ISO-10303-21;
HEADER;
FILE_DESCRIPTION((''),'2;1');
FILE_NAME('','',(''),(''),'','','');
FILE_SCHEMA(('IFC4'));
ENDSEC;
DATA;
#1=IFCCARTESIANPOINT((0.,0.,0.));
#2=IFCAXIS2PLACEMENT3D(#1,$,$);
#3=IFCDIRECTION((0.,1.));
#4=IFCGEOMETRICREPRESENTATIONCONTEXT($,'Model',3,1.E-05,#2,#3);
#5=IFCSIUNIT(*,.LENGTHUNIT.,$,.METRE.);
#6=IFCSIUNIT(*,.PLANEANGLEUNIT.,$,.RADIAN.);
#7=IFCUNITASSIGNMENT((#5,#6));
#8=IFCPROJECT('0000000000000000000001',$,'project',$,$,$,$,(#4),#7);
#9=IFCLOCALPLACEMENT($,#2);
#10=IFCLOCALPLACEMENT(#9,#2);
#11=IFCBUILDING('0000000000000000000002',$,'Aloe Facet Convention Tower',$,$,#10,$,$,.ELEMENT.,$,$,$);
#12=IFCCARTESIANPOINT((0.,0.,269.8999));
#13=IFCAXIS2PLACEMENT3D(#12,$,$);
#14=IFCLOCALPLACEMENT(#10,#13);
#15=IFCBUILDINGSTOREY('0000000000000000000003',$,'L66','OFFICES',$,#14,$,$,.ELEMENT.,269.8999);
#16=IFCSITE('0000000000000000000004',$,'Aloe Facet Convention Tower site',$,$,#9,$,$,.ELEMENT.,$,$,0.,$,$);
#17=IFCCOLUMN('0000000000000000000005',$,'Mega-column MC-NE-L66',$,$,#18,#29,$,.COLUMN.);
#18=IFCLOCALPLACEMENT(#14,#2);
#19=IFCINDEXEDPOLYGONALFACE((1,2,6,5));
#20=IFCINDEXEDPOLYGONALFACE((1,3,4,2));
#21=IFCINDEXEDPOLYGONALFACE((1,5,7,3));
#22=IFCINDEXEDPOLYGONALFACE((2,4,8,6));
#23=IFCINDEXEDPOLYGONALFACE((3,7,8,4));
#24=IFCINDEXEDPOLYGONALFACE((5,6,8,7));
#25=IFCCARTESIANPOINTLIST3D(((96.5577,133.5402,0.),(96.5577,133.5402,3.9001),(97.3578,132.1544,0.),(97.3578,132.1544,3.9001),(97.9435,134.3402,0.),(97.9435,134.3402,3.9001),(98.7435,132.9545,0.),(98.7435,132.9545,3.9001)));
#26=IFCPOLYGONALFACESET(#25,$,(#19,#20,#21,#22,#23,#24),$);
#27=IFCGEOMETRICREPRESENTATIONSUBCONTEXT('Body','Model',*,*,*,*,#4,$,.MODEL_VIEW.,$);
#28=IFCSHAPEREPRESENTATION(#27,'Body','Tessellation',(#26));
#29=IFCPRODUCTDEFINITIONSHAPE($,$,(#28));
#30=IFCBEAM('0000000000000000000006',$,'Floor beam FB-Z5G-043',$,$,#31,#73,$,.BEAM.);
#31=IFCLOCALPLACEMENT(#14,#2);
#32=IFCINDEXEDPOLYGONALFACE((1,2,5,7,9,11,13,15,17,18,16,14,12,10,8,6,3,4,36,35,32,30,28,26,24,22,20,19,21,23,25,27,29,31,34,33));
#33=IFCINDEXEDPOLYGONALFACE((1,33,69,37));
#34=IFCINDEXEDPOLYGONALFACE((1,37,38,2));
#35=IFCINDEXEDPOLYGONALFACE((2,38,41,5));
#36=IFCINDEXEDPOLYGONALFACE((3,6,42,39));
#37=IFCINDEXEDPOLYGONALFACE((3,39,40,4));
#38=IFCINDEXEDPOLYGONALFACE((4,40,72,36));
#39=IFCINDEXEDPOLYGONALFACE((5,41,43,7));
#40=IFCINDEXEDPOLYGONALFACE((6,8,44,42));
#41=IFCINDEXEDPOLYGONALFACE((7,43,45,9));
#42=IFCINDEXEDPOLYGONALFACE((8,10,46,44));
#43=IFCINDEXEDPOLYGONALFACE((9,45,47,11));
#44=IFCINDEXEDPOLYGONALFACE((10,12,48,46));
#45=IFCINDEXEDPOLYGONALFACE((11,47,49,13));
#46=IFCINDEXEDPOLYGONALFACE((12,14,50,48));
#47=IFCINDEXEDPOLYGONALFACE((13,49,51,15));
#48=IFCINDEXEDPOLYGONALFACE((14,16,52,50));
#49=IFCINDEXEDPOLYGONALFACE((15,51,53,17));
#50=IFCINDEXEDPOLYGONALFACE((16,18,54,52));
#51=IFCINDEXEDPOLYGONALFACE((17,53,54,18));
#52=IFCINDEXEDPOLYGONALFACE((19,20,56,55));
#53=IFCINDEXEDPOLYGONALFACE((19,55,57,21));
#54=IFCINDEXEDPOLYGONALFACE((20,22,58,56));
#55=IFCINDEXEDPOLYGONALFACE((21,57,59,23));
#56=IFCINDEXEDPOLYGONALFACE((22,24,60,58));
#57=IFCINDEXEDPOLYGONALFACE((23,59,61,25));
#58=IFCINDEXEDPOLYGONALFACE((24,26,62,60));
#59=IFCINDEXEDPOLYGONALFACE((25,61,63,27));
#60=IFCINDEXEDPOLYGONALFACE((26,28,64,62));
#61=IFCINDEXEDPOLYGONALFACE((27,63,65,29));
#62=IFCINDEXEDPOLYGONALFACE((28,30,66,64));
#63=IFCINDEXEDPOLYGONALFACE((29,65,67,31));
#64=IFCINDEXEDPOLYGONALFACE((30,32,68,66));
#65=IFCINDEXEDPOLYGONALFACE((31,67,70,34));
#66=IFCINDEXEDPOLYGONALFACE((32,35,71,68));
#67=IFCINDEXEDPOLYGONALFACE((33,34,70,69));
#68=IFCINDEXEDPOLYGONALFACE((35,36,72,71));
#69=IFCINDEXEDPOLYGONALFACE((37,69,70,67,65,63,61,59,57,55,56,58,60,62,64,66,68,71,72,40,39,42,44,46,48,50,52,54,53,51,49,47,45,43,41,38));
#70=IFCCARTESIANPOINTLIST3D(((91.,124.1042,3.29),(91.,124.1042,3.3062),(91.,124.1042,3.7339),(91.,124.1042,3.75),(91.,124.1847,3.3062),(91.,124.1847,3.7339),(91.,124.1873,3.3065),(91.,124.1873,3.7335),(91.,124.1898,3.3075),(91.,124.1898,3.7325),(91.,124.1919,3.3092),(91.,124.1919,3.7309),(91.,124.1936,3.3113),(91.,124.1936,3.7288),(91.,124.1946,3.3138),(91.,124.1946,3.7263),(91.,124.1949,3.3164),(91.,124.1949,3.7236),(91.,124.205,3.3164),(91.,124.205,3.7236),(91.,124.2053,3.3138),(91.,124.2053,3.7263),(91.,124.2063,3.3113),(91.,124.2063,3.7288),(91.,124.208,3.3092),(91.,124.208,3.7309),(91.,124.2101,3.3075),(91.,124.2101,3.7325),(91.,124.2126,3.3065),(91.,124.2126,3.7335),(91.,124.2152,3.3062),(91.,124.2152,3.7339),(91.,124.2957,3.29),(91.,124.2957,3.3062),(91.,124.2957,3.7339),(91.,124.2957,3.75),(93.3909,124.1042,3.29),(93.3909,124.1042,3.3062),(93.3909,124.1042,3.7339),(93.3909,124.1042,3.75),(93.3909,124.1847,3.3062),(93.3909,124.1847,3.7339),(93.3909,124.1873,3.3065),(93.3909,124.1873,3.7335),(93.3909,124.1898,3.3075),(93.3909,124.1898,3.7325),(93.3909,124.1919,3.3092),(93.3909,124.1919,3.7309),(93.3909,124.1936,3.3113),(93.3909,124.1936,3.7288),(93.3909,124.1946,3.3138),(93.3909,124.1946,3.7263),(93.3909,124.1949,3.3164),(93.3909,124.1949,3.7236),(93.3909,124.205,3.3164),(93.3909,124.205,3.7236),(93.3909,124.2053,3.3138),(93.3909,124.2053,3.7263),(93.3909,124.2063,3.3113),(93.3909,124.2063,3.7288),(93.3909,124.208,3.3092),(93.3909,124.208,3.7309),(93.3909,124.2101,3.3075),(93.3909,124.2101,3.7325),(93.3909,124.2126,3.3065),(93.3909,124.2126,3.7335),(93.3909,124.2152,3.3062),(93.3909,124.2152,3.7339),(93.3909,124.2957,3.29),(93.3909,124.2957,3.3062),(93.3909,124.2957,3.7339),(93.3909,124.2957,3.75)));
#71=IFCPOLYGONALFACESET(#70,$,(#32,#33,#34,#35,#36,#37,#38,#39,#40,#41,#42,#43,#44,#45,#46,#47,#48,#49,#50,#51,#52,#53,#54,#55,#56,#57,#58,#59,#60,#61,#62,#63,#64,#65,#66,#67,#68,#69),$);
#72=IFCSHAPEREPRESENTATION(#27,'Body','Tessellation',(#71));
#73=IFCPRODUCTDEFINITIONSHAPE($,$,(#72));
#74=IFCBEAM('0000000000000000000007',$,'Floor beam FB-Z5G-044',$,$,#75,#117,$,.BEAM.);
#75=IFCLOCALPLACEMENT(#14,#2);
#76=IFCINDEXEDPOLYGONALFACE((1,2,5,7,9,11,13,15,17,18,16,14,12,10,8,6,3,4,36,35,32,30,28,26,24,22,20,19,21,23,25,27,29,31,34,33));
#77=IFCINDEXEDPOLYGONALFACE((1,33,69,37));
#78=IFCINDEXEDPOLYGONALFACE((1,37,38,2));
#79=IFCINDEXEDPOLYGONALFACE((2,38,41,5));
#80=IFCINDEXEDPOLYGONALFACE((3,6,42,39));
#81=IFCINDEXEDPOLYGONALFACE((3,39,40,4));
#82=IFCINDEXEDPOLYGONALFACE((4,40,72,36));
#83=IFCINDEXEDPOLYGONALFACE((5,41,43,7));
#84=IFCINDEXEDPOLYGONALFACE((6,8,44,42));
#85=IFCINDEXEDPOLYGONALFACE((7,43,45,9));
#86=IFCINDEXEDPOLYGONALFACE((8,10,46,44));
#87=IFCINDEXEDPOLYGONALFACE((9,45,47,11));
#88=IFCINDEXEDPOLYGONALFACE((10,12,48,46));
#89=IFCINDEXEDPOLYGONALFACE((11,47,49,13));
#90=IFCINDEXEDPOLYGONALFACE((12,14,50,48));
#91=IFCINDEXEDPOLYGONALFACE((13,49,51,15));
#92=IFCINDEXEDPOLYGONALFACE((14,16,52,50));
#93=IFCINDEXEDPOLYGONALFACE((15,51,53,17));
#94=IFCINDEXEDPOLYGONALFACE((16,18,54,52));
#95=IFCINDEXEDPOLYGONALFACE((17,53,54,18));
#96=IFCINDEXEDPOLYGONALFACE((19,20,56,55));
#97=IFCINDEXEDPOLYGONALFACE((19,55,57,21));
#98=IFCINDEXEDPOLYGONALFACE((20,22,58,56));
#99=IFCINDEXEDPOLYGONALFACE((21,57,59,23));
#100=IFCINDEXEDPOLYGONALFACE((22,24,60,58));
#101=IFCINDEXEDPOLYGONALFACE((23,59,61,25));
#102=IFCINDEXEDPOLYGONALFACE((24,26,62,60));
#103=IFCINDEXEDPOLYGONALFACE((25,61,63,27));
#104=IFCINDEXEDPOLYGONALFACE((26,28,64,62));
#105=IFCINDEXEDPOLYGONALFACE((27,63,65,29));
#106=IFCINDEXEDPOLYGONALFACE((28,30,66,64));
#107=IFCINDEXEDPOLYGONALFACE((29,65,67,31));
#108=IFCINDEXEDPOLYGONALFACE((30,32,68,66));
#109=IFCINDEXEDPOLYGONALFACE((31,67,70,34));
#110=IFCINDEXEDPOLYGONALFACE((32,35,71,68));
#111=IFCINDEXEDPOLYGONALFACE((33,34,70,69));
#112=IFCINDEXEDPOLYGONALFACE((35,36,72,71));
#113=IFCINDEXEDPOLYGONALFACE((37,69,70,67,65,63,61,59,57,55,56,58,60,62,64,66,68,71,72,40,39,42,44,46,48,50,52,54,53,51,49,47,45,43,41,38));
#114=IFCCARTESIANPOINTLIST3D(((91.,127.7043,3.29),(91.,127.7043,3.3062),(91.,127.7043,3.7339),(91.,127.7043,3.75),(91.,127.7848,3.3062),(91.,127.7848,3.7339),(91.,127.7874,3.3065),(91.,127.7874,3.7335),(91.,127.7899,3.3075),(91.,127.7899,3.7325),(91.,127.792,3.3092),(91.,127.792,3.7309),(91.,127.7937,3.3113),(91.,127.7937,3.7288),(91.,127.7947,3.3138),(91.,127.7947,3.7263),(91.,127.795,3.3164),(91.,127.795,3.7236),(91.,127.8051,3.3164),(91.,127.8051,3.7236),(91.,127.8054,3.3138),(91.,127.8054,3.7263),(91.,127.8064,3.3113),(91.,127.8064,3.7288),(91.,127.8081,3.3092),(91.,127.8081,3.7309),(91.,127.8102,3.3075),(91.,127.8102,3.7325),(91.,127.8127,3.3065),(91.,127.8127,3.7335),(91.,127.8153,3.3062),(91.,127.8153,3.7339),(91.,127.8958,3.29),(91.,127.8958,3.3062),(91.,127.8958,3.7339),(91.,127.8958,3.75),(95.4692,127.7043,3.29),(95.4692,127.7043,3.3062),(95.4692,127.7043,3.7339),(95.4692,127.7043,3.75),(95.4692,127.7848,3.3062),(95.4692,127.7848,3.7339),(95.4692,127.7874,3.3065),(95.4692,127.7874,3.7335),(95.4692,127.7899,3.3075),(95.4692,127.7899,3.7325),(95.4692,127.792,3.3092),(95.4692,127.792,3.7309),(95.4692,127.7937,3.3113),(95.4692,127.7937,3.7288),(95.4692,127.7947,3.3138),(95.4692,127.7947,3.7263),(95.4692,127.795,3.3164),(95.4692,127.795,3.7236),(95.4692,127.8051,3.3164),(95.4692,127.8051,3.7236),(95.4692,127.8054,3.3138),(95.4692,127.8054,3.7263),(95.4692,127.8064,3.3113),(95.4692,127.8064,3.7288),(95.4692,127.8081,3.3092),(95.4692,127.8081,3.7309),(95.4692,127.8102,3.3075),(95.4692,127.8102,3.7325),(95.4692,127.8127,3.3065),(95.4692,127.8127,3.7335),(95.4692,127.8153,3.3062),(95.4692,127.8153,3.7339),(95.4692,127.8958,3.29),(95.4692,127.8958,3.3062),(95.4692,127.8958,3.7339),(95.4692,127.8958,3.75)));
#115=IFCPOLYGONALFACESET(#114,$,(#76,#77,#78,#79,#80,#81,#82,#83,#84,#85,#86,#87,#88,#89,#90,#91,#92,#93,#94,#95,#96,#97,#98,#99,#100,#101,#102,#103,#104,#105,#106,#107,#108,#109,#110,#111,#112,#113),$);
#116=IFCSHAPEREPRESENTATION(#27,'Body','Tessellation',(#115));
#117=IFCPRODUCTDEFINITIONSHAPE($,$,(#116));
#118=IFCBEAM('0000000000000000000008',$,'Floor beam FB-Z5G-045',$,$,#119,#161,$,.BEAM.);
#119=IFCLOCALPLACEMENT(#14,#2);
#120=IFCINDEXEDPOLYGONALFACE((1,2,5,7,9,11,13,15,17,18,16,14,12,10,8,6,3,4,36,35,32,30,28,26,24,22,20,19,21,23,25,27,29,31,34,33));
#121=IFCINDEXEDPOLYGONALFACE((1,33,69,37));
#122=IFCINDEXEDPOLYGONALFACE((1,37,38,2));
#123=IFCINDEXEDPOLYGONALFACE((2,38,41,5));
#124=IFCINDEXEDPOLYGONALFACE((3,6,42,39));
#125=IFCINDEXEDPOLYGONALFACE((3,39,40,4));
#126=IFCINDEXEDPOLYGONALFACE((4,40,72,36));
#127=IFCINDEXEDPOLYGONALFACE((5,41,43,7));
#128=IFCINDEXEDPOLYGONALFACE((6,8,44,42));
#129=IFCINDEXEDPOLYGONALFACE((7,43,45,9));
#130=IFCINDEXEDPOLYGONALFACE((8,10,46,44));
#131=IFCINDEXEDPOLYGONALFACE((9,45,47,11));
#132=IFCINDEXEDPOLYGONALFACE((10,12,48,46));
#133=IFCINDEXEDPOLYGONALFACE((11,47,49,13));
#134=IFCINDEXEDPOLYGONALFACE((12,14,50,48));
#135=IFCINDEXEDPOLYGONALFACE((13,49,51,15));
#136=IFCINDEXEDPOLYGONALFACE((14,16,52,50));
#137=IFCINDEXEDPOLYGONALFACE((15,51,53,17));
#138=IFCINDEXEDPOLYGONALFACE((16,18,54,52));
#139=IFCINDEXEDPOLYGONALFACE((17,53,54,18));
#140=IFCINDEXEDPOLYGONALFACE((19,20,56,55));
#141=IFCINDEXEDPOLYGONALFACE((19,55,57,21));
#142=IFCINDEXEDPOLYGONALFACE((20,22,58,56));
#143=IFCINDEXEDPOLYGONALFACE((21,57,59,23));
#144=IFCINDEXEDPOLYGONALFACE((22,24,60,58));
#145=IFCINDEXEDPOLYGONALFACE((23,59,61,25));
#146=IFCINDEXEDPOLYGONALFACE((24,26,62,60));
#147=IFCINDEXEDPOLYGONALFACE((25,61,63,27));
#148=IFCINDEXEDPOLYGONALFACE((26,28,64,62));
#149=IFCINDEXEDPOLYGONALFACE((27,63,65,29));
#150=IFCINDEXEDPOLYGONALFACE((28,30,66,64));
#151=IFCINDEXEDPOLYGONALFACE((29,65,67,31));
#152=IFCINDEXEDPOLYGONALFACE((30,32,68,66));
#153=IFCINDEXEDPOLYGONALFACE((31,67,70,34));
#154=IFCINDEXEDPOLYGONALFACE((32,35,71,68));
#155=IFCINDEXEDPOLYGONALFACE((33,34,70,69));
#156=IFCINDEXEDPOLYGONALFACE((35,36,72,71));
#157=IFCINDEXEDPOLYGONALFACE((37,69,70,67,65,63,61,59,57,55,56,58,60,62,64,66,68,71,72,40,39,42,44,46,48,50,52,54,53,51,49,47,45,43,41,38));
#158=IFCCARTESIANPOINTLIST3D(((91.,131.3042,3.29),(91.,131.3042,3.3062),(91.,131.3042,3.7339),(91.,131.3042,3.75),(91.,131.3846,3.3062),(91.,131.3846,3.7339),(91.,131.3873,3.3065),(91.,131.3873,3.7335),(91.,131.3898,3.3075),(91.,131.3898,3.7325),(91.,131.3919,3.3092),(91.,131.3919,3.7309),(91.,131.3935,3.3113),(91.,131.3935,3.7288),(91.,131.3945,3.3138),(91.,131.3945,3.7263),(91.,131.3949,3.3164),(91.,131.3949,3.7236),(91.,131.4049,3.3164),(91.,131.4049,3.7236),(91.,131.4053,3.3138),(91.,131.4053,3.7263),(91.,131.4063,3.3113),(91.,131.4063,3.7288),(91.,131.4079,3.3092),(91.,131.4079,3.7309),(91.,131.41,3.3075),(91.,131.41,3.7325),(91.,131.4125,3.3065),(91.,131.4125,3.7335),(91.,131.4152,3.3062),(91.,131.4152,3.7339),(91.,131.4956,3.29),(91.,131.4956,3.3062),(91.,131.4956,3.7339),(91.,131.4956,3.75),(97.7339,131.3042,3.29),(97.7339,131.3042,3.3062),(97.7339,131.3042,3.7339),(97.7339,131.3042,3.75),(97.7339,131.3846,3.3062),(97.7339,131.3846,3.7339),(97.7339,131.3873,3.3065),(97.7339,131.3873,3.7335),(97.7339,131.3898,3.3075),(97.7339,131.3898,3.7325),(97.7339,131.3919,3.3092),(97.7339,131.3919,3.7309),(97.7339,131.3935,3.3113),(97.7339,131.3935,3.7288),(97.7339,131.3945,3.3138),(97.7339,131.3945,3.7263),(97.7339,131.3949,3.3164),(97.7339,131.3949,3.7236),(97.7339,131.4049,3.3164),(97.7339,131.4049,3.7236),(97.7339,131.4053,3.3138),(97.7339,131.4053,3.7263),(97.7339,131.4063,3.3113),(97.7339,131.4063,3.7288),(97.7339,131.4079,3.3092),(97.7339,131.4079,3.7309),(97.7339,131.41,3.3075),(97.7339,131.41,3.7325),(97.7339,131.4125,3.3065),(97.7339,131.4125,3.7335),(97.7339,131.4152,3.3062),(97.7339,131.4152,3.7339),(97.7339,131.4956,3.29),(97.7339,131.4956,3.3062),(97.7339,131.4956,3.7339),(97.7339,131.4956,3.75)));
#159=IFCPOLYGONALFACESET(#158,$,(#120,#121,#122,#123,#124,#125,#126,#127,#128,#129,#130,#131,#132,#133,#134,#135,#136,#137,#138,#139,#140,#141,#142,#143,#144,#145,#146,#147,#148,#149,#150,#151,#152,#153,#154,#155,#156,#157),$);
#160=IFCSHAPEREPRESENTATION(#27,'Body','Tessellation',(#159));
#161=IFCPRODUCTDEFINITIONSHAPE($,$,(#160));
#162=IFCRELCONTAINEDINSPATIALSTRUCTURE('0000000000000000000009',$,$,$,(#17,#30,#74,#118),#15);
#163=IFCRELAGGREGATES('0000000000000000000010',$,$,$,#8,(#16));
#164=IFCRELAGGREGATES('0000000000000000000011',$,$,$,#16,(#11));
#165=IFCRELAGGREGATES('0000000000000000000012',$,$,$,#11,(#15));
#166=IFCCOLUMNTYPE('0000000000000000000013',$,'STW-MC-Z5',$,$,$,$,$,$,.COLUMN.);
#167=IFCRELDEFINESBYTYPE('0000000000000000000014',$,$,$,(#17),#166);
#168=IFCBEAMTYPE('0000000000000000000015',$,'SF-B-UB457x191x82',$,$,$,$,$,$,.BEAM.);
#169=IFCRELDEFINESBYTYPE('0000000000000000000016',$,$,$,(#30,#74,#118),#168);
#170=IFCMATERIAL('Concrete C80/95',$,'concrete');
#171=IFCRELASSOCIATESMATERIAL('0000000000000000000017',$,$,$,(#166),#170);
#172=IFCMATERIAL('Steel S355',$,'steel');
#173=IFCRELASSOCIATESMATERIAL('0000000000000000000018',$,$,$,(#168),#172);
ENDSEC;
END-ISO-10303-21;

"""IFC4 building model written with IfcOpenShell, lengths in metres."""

from ifc_helpers import new_model, si_unit, direction, frame, origin, origin_2d, place, context, subcontext, project, spatial, rectangle, i_section, extrude, material, material_profile, profile_set, type_object, element, save


model = new_model("IFC4")

# Units and contexts
model_context = context("Model", 3, precision=1e-05, world=origin(), true_north=direction((0.0, 1.0)))
body_context = subcontext(model_context, "Body", "Model", "MODEL_VIEW")
ifc_project = project(units=[si_unit("LENGTHUNIT", "METRE"), si_unit("PLANEANGLEUNIT", "RADIAN")], contexts=[model_context])

# Site, building, storey
site_placement = place(None, origin())
site = spatial("IfcSite", under=ifc_project, at=site_placement, Name="Aloe Facet Convention Tower site", CompositionType="ELEMENT", RefElevation=0.0)
building_placement = place(site_placement, origin())
building = spatial("IfcBuilding", under=site, at=building_placement, Name="Aloe Facet Convention Tower", CompositionType="ELEMENT")
storey_placement = place(building_placement, frame((0.0, 0.0, 269.8999)))
storey = spatial("IfcBuildingStorey", under=building, at=storey_placement, Name="L66", Description="OFFICES", CompositionType="ELEMENT", Elevation=269.8999)

# Column
ifc_material_1 = material(Name="Concrete C80/95", Category="concrete")
ifc_material_profile_1 = material_profile(ifc_material_1, rectangle(XDim=1.6001, YDim=1.6001, at=origin_2d()), Name="STW-MC-Z5")
ifc_profile_set_1 = profile_set([ifc_material_profile_1], Name="Concrete C80/95")
column_type = type_object("IfcColumnType", Name="STW-MC-Z5", PredefinedType="COLUMN", material=ifc_profile_set_1)
column_placement = place(storey_placement, frame((97.6506, 133.2473, 0.0), z_axis=(0.0, 0.0, 1.0), x_axis=(-0.5, 0.866025, 0.0)))
element("IfcColumn", 1, at=column_placement, inside=storey, type_object=column_type, Name="Mega-column MC-NE-L66", PredefinedType="COLUMN", context=body_context, shape_type="SweptSolid", body=[
    extrude(rectangle(XDim=1.6001, YDim=1.6001, at=origin_2d()), origin(), (0.0, 0.0, 1.0), 3.9001),
])

# Beams
ifc_material_2 = material(Name="Steel S355", Category="steel")
ifc_material_profile_2 = material_profile(ifc_material_2, i_section(OverallWidth=0.1914, OverallDepth=0.46, WebThickness=0.01, FlangeThickness=0.0161, FilletRadius=0.0103, at=origin_2d()), Name="UB 457x191x82")
ifc_profile_set_2 = profile_set([ifc_material_profile_2], Name="Steel S355")
beam_type_1 = type_object("IfcBeamType", Name="SF-B-UB457x191x82", PredefinedType="BEAM", material=ifc_profile_set_2)
beam_1_placement = place(storey_placement, frame((91.0, 124.2, 3.52), z_axis=(1.0, 0.0, 0.0), x_axis=(0.0, 1.0, 0.0)))
element("IfcBeam", 2, at=beam_1_placement, inside=storey, type_object=beam_type_1, Name="Floor beam FB-Z5G-043", PredefinedType="BEAM", context=body_context, shape_type="SweptSolid", body=[
    extrude(i_section(OverallWidth=0.1914, OverallDepth=0.46, WebThickness=0.01, FlangeThickness=0.0161, FilletRadius=0.0103, at=origin_2d()), origin(), (0.0, 0.0, 1.0), 2.3909),
])
beam_2_placement = place(storey_placement, frame((91.0, 127.8, 3.52), z_axis=(1.0, 0.0, 0.0), x_axis=(0.0, 1.0, 0.0)))
element("IfcBeam", 3, at=beam_2_placement, inside=storey, type_object=beam_type_1, Name="Floor beam FB-Z5G-044", PredefinedType="BEAM", context=body_context, shape_type="SweptSolid", body=[
    extrude(i_section(OverallWidth=0.1914, OverallDepth=0.46, WebThickness=0.01, FlangeThickness=0.0161, FilletRadius=0.0103, at=origin_2d()), origin(), (0.0, 0.0, 1.0), 4.4692),
])
beam_3_placement = place(storey_placement, frame((91.0, 131.3999, 3.52), z_axis=(1.0, 0.0, 0.0), x_axis=(0.0, 1.0, 0.0)))
element("IfcBeam", 4, at=beam_3_placement, inside=storey, type_object=beam_type_1, Name="Floor beam FB-Z5G-045", PredefinedType="BEAM", context=body_context, shape_type="SweptSolid", body=[
    extrude(i_section(OverallWidth=0.1914, OverallDepth=0.46, WebThickness=0.01, FlangeThickness=0.0161, FilletRadius=0.0103, at=origin_2d()), origin(), (0.0, 0.0, 1.0), 6.7339),
])

save(model, "model.ifc")
